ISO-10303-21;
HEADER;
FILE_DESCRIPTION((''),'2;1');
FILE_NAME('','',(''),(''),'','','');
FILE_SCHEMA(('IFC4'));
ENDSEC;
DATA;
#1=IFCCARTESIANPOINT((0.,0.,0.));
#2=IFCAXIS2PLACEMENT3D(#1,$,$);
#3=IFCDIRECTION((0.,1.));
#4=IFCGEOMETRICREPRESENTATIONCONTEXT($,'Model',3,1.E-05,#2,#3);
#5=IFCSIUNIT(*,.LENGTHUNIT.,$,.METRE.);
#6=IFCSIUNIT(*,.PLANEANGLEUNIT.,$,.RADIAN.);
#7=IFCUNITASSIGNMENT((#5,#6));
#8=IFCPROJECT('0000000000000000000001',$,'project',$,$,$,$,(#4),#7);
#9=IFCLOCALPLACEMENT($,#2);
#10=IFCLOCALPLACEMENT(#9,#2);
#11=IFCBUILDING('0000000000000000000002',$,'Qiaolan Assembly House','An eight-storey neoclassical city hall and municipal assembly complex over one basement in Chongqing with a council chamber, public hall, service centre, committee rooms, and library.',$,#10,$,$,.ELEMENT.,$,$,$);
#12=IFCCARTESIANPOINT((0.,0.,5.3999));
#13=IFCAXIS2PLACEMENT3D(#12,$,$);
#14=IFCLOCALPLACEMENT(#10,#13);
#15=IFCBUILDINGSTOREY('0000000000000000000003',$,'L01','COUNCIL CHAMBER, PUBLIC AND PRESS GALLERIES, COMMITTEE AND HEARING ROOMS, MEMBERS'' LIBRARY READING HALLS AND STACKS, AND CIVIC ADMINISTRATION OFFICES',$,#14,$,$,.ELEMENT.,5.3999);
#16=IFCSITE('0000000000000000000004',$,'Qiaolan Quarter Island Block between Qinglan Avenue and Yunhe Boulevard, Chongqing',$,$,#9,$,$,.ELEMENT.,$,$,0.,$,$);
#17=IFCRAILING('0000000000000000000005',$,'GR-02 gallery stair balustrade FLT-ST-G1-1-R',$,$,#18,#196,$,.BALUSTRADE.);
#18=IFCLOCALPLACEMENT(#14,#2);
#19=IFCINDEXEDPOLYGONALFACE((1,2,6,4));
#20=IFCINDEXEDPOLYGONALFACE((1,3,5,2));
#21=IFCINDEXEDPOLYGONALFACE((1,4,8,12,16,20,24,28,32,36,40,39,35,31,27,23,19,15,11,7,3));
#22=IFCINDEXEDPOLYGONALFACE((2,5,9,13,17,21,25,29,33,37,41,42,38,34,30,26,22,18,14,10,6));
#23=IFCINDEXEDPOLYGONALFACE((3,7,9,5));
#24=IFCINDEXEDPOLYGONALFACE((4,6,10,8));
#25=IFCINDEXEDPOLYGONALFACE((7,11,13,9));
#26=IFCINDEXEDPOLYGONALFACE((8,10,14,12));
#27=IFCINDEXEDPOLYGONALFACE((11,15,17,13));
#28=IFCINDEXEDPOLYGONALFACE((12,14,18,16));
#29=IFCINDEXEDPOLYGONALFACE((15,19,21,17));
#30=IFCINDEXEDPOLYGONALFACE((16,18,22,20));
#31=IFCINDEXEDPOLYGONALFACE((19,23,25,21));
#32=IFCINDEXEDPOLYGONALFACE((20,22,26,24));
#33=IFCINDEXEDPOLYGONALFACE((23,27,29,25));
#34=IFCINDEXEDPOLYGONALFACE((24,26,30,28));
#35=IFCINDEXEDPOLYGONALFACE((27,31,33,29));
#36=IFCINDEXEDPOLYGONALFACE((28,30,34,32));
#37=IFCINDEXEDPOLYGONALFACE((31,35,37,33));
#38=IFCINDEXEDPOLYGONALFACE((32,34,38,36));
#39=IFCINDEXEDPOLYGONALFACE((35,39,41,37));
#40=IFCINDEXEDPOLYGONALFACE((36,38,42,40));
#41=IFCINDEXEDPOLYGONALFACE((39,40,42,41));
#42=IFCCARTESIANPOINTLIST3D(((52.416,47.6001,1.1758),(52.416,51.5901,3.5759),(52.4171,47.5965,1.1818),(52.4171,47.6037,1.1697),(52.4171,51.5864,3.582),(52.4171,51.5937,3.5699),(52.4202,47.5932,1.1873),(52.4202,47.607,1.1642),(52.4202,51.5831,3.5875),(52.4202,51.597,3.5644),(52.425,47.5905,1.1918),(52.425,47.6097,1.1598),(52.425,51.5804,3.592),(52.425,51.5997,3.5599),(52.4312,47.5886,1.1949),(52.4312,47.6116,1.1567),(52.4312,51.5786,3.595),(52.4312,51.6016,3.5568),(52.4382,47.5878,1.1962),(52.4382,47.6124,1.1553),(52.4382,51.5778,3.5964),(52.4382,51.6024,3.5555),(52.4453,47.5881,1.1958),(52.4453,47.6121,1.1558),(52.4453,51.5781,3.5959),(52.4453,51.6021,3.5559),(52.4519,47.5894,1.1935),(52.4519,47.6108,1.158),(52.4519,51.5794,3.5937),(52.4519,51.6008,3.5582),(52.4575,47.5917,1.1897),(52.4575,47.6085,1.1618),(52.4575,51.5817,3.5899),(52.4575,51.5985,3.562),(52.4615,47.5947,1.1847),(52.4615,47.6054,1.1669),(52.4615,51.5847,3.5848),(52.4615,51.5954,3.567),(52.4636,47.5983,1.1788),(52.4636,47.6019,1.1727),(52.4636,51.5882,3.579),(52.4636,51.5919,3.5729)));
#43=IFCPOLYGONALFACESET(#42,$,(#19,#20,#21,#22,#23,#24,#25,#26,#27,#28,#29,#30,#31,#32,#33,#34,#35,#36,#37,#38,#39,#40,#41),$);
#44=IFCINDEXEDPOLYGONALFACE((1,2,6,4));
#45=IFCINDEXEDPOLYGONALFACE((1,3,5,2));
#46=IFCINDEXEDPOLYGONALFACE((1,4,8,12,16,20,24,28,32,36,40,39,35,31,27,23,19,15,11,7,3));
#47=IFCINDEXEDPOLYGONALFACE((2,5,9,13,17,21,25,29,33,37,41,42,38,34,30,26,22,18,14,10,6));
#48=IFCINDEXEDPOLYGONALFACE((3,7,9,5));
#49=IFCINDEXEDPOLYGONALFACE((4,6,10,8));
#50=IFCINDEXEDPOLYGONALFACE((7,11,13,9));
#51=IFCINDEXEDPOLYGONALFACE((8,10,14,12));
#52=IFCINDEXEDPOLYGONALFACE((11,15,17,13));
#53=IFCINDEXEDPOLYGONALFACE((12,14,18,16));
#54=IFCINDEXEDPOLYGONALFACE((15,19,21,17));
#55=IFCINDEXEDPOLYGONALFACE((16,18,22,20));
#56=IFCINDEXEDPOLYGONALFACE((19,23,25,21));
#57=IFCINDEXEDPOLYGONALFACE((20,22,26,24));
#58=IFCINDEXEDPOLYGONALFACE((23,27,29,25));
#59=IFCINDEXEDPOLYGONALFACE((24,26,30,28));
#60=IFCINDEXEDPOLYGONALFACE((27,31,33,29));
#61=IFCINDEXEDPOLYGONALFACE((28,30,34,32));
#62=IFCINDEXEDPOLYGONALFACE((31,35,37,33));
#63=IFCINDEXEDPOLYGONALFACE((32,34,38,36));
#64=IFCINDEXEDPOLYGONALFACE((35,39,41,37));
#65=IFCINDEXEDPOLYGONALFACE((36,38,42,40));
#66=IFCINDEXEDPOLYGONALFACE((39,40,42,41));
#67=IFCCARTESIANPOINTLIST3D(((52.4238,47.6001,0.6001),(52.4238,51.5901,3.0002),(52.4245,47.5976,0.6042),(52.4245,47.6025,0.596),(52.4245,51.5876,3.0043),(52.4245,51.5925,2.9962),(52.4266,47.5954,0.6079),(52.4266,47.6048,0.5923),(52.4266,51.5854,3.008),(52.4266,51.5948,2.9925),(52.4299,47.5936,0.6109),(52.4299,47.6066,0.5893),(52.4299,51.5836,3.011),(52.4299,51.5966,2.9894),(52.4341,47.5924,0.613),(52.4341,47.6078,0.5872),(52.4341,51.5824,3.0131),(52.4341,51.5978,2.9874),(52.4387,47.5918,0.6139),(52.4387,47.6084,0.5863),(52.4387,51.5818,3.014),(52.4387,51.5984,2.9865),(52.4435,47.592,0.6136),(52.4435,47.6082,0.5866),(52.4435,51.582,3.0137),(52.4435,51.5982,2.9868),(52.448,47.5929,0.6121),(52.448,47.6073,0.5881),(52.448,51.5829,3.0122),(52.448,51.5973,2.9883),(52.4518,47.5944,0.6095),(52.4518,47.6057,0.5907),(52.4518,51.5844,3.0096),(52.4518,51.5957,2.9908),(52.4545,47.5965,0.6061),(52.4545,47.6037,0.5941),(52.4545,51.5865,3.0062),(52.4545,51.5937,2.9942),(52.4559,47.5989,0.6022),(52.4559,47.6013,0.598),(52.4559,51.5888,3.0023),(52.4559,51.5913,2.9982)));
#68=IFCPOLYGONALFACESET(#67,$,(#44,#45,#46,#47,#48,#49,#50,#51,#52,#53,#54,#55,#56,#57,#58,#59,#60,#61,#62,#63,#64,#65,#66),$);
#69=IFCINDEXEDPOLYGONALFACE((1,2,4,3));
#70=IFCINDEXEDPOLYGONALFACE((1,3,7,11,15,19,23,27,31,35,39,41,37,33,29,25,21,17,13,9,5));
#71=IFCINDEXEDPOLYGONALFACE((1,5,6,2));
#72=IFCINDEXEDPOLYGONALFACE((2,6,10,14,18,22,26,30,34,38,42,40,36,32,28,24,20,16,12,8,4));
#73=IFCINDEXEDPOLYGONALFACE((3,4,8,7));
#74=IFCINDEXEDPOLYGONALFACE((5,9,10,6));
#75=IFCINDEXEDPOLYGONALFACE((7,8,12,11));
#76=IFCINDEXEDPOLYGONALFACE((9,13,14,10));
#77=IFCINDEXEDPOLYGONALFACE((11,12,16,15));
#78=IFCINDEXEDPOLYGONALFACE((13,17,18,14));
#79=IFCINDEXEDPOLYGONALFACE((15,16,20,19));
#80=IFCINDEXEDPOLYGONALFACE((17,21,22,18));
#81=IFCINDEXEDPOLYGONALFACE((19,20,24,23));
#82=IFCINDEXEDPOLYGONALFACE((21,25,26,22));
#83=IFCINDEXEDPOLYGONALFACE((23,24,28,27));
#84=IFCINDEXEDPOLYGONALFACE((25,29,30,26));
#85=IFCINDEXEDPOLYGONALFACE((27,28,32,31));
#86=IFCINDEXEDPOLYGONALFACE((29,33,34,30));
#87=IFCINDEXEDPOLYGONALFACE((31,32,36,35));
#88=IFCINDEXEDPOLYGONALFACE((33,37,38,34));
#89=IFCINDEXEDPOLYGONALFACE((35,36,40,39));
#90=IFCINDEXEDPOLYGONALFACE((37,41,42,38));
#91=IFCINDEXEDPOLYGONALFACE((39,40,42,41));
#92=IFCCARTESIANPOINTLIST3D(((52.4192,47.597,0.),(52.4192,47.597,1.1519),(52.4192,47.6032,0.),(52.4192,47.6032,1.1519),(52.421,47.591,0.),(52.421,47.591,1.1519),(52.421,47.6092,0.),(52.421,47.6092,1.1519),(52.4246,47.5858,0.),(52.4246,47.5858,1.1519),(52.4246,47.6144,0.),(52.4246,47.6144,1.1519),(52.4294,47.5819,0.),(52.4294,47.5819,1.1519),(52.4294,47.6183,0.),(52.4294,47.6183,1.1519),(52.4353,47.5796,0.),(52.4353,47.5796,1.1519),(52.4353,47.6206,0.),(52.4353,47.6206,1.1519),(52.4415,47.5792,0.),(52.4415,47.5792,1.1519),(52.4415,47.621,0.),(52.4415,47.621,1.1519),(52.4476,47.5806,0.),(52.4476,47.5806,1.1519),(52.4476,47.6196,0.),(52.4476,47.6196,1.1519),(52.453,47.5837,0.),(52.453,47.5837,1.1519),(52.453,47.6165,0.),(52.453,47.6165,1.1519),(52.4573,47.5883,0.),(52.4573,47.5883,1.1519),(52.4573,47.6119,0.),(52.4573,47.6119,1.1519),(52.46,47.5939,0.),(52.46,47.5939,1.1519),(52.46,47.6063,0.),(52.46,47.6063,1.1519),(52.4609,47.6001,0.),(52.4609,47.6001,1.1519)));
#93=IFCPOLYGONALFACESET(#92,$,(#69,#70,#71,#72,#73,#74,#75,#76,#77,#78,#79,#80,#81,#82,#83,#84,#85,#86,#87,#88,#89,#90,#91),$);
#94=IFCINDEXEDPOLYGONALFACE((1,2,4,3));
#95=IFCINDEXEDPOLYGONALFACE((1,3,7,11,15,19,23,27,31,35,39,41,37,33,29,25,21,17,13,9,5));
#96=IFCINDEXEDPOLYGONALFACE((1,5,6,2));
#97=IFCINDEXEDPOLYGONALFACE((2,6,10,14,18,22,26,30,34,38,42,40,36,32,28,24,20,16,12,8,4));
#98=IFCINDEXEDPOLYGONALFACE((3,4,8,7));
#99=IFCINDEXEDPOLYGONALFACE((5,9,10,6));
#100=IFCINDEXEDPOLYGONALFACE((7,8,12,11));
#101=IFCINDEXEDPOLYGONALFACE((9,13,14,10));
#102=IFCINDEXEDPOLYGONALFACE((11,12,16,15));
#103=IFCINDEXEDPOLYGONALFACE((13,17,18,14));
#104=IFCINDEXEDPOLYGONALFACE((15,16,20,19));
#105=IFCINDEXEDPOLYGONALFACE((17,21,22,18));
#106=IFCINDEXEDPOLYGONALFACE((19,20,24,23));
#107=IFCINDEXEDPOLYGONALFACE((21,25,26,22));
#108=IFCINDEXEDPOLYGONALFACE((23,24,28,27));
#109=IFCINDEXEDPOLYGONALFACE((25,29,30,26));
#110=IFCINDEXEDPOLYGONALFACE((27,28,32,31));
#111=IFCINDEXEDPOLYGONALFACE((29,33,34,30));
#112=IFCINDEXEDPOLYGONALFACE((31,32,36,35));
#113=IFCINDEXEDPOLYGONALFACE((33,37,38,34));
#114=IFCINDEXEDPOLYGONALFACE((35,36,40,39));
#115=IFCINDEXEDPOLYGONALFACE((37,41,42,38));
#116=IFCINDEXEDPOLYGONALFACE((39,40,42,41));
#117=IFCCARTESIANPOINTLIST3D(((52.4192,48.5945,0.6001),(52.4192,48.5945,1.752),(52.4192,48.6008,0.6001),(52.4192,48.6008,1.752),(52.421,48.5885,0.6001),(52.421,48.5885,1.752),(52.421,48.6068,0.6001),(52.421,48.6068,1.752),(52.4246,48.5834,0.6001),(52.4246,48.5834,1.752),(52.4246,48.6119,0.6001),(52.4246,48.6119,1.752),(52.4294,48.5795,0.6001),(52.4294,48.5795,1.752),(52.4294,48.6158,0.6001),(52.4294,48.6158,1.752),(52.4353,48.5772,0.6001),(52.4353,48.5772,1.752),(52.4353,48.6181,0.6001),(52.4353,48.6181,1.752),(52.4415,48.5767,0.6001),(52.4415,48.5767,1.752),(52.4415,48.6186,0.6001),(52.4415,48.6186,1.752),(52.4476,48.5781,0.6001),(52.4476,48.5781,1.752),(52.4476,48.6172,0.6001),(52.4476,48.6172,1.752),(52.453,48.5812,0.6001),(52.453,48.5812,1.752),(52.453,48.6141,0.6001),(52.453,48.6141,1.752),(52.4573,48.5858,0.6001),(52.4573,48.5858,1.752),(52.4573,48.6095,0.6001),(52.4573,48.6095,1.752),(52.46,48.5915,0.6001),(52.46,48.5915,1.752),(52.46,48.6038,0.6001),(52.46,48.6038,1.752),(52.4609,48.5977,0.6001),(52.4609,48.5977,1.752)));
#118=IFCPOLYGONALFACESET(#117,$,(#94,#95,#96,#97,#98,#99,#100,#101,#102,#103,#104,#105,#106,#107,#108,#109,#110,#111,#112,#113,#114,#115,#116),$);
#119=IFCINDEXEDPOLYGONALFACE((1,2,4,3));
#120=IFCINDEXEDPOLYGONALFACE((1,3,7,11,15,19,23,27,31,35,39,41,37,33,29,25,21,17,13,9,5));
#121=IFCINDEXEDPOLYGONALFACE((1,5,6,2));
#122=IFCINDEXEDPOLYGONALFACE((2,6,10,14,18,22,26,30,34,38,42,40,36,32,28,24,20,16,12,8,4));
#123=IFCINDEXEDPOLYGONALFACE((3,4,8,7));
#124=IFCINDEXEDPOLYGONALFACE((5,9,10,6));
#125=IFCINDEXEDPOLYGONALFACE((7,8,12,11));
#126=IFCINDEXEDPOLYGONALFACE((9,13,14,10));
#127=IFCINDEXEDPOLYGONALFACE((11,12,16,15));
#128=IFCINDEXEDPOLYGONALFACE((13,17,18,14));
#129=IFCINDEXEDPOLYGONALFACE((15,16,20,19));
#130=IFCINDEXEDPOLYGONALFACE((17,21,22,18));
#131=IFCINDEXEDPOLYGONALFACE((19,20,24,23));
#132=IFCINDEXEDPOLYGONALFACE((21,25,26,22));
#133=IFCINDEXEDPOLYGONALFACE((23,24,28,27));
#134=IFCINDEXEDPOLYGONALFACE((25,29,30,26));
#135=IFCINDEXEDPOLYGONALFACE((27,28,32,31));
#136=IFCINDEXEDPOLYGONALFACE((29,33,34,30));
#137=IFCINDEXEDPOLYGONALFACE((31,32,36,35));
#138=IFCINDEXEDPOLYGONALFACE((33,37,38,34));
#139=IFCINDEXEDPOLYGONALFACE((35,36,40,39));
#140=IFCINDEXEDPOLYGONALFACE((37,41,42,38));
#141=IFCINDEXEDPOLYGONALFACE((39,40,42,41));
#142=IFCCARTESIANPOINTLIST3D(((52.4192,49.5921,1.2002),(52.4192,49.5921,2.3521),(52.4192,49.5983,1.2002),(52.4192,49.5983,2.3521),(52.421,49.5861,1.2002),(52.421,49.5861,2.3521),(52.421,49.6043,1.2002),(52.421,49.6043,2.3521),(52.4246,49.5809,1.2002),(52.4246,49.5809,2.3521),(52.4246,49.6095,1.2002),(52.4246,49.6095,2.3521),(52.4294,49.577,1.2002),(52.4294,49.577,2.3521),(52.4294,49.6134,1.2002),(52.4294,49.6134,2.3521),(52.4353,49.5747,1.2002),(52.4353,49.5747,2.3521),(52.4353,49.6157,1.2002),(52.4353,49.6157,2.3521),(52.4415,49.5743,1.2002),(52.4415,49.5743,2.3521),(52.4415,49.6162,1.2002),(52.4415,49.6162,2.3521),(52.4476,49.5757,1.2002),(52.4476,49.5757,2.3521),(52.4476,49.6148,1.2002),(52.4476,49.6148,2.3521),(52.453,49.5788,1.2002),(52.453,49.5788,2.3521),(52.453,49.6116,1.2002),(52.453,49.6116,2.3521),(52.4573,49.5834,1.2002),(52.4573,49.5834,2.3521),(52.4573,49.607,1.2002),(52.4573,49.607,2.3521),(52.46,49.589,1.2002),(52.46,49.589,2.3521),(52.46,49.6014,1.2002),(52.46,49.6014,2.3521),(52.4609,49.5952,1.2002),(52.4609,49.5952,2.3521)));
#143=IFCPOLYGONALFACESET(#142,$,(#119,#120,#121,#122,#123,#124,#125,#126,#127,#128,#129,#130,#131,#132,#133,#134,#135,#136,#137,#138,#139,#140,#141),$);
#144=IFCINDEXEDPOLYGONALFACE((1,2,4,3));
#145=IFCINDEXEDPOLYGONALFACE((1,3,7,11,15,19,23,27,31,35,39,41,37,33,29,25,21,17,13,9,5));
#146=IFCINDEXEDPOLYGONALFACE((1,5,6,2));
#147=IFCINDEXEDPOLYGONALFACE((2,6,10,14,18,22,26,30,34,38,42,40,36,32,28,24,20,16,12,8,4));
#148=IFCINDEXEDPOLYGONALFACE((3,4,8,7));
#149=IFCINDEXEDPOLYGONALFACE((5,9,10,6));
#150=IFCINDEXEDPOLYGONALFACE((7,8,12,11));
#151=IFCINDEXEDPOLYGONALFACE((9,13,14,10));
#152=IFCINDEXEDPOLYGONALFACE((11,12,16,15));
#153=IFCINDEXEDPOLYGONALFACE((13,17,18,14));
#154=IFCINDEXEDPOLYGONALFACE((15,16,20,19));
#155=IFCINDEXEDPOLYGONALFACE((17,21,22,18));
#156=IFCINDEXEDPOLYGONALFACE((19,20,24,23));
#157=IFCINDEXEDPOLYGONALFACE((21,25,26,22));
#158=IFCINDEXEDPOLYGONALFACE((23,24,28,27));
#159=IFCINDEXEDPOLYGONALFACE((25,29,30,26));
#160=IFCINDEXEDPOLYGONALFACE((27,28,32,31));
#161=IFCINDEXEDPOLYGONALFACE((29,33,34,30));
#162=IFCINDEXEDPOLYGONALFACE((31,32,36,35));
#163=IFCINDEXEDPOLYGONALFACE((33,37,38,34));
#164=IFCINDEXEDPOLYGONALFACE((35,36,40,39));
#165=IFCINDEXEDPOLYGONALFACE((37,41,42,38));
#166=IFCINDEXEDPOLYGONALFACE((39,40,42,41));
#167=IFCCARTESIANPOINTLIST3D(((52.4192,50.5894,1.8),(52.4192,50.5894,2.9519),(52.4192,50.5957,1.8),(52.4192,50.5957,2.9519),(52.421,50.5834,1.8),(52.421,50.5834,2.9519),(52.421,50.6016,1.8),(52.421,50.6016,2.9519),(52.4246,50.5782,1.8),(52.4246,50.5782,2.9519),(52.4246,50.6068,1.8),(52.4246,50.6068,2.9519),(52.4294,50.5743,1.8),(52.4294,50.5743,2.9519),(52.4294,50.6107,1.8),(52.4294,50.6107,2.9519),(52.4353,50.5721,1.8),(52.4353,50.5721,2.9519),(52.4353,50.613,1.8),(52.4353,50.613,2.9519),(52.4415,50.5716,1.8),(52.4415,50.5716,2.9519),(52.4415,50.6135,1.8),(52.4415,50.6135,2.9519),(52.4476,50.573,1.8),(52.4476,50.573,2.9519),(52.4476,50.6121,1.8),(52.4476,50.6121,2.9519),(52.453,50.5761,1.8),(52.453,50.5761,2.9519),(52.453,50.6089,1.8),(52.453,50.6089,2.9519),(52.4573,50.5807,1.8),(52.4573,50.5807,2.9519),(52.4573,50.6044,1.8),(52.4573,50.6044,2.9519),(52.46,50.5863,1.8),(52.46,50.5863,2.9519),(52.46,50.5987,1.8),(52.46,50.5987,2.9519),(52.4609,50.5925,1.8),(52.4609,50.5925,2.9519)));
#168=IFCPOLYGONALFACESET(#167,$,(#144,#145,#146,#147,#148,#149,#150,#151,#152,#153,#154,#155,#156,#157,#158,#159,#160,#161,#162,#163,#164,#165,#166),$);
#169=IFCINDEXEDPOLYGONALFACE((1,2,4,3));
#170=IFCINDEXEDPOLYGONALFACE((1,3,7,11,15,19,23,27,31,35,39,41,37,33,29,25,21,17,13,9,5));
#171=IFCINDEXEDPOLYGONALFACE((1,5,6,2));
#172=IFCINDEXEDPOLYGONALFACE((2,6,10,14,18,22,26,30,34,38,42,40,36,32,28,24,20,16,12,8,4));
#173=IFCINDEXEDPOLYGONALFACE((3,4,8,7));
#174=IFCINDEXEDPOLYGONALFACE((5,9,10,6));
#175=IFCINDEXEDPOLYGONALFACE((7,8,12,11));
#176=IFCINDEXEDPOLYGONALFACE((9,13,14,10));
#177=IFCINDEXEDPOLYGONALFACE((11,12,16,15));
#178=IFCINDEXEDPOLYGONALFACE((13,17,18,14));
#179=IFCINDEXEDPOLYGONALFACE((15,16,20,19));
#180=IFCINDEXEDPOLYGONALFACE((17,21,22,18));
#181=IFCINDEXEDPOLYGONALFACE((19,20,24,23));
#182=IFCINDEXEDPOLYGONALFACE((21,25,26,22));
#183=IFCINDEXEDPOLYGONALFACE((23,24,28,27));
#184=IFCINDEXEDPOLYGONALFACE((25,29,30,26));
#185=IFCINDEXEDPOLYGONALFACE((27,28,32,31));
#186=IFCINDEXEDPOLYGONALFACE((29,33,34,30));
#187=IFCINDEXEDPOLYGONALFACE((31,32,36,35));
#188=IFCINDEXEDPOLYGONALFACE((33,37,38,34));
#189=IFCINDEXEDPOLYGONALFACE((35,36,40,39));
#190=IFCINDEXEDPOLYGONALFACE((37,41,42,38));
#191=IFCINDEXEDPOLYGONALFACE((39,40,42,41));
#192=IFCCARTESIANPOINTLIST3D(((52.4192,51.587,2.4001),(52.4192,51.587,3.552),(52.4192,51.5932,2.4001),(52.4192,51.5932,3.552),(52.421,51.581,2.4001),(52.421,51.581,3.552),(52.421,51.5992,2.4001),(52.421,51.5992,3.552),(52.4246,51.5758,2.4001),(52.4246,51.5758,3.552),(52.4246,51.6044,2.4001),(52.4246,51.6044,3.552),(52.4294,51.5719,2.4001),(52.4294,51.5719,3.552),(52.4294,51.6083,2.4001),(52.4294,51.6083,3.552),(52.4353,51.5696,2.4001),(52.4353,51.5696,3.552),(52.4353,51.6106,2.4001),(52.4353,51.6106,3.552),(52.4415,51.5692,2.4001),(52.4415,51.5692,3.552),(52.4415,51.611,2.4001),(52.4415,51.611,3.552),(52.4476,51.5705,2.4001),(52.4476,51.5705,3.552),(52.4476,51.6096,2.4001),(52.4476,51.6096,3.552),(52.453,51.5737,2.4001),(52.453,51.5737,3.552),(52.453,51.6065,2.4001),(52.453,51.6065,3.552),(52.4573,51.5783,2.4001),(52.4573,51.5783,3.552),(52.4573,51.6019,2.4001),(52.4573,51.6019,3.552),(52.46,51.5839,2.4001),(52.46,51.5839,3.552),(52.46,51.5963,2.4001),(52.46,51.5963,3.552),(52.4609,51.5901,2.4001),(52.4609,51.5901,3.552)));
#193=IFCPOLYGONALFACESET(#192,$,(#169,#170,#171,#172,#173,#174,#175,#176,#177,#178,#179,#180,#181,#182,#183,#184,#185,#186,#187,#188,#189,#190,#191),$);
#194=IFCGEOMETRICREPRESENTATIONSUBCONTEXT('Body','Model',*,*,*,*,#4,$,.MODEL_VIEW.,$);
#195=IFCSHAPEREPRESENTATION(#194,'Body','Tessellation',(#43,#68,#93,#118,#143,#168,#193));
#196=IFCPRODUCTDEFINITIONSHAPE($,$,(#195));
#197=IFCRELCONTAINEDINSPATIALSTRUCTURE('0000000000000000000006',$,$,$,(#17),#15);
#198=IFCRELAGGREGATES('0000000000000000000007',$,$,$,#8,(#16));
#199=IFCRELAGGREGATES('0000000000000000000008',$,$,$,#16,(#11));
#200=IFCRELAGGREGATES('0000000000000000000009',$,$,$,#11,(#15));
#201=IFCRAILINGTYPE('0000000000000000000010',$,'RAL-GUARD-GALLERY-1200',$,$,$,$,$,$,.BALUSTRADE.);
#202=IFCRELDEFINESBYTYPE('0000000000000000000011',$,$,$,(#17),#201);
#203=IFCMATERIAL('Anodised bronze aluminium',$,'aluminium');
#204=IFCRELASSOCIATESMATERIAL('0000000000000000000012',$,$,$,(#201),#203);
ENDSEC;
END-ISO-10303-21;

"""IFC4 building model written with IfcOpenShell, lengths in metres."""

from ifc_helpers import new_model, si_unit, direction, frame, origin, origin_2d, place, context, subcontext, project, spatial, circle, extrude, material, type_object, element, save


model = new_model("IFC4")

# Units and contexts
model_context = context("Model", 3, precision=1e-05, world=origin(), true_north=direction((0.0, 1.0)))
body_context = subcontext(model_context, "Body", "Model", "MODEL_VIEW")
ifc_project = project(units=[si_unit("LENGTHUNIT", "METRE"), si_unit("PLANEANGLEUNIT", "RADIAN")], contexts=[model_context])

# Site, building, storey
site_placement = place(None, origin())
site = spatial("IfcSite", under=ifc_project, at=site_placement, Name="Qiaolan Quarter Island Block between Qinglan Avenue and Yunhe Boulevard, Chongqing", CompositionType="ELEMENT", RefElevation=0.0)
building_placement = place(site_placement, origin())
building = spatial("IfcBuilding", under=site, at=building_placement, Name="Qiaolan Assembly House", Description="An eight-storey neoclassical city hall and municipal assembly complex over one basement in Chongqing with a council chamber, public hall, service centre, committee rooms, and library.", CompositionType="ELEMENT")
storey_placement = place(building_placement, frame((0.0, 0.0, 5.3999)))
storey = spatial("IfcBuildingStorey", under=building, at=storey_placement, Name="L01", Description="COUNCIL CHAMBER, PUBLIC AND PRESS GALLERIES, COMMITTEE AND HEARING ROOMS, MEMBERS' LIBRARY READING HALLS AND STACKS, AND CIVIC ADMINISTRATION OFFICES", CompositionType="ELEMENT", Elevation=5.3999)

# Shared definitions
ifc_material_1 = material(Name="Anodised bronze aluminium", Category="aluminium")

# Railing
railing_type = type_object("IfcRailingType", Name="RAL-GUARD-GALLERY-1200", PredefinedType="BALUSTRADE", material=ifc_material_1)
for number, where, name in (
    (1, (52.4399, 47.6001, 0.0), "GR-02 gallery stair balustrade FLT-ST-G1-1-R"),
):
    element("IfcRailing", number, at=place(storey_placement, frame(where)), inside=storey, type_object=railing_type, Name=name, PredefinedType="BALUSTRADE", context=body_context, shape_type="SweptSolid", body=[
        extrude(circle(Radius=0.0239, at=origin_2d()), frame((0.0, 0.0, 1.1758), z_axis=(0.0, 0.856909, 0.515467), x_axis=(-1.0, 0.0, 0.0)), (0.0, 0.0, 1.0), 4.6562),
        extrude(circle(Radius=0.0161, at=origin_2d()), frame((0.0, 0.0, 0.6001), z_axis=(0.0, 0.856909, 0.515467), x_axis=(-1.0, 0.0, 0.0)), (0.0, 0.0, 1.0), 4.6562),
        extrude(circle(Radius=0.021, at=origin_2d()), origin(), (0.0, 0.0, 1.0), 1.1519),
        extrude(circle(Radius=0.021, at=origin_2d()), frame((0.0, 0.9976, 0.6001)), (0.0, 0.0, 1.0), 1.1519),
        extrude(circle(Radius=0.021, at=origin_2d()), frame((0.0, 1.9951, 1.2002)), (0.0, 0.0, 1.0), 1.1519),
        extrude(circle(Radius=0.021, at=origin_2d()), frame((0.0, 2.9924, 1.8)), (0.0, 0.0, 1.0), 1.1519),
        extrude(circle(Radius=0.021, at=origin_2d()), frame((0.0, 3.99, 2.4001)), (0.0, 0.0, 1.0), 1.1519),
    ])

save(model, "model.ifc")
